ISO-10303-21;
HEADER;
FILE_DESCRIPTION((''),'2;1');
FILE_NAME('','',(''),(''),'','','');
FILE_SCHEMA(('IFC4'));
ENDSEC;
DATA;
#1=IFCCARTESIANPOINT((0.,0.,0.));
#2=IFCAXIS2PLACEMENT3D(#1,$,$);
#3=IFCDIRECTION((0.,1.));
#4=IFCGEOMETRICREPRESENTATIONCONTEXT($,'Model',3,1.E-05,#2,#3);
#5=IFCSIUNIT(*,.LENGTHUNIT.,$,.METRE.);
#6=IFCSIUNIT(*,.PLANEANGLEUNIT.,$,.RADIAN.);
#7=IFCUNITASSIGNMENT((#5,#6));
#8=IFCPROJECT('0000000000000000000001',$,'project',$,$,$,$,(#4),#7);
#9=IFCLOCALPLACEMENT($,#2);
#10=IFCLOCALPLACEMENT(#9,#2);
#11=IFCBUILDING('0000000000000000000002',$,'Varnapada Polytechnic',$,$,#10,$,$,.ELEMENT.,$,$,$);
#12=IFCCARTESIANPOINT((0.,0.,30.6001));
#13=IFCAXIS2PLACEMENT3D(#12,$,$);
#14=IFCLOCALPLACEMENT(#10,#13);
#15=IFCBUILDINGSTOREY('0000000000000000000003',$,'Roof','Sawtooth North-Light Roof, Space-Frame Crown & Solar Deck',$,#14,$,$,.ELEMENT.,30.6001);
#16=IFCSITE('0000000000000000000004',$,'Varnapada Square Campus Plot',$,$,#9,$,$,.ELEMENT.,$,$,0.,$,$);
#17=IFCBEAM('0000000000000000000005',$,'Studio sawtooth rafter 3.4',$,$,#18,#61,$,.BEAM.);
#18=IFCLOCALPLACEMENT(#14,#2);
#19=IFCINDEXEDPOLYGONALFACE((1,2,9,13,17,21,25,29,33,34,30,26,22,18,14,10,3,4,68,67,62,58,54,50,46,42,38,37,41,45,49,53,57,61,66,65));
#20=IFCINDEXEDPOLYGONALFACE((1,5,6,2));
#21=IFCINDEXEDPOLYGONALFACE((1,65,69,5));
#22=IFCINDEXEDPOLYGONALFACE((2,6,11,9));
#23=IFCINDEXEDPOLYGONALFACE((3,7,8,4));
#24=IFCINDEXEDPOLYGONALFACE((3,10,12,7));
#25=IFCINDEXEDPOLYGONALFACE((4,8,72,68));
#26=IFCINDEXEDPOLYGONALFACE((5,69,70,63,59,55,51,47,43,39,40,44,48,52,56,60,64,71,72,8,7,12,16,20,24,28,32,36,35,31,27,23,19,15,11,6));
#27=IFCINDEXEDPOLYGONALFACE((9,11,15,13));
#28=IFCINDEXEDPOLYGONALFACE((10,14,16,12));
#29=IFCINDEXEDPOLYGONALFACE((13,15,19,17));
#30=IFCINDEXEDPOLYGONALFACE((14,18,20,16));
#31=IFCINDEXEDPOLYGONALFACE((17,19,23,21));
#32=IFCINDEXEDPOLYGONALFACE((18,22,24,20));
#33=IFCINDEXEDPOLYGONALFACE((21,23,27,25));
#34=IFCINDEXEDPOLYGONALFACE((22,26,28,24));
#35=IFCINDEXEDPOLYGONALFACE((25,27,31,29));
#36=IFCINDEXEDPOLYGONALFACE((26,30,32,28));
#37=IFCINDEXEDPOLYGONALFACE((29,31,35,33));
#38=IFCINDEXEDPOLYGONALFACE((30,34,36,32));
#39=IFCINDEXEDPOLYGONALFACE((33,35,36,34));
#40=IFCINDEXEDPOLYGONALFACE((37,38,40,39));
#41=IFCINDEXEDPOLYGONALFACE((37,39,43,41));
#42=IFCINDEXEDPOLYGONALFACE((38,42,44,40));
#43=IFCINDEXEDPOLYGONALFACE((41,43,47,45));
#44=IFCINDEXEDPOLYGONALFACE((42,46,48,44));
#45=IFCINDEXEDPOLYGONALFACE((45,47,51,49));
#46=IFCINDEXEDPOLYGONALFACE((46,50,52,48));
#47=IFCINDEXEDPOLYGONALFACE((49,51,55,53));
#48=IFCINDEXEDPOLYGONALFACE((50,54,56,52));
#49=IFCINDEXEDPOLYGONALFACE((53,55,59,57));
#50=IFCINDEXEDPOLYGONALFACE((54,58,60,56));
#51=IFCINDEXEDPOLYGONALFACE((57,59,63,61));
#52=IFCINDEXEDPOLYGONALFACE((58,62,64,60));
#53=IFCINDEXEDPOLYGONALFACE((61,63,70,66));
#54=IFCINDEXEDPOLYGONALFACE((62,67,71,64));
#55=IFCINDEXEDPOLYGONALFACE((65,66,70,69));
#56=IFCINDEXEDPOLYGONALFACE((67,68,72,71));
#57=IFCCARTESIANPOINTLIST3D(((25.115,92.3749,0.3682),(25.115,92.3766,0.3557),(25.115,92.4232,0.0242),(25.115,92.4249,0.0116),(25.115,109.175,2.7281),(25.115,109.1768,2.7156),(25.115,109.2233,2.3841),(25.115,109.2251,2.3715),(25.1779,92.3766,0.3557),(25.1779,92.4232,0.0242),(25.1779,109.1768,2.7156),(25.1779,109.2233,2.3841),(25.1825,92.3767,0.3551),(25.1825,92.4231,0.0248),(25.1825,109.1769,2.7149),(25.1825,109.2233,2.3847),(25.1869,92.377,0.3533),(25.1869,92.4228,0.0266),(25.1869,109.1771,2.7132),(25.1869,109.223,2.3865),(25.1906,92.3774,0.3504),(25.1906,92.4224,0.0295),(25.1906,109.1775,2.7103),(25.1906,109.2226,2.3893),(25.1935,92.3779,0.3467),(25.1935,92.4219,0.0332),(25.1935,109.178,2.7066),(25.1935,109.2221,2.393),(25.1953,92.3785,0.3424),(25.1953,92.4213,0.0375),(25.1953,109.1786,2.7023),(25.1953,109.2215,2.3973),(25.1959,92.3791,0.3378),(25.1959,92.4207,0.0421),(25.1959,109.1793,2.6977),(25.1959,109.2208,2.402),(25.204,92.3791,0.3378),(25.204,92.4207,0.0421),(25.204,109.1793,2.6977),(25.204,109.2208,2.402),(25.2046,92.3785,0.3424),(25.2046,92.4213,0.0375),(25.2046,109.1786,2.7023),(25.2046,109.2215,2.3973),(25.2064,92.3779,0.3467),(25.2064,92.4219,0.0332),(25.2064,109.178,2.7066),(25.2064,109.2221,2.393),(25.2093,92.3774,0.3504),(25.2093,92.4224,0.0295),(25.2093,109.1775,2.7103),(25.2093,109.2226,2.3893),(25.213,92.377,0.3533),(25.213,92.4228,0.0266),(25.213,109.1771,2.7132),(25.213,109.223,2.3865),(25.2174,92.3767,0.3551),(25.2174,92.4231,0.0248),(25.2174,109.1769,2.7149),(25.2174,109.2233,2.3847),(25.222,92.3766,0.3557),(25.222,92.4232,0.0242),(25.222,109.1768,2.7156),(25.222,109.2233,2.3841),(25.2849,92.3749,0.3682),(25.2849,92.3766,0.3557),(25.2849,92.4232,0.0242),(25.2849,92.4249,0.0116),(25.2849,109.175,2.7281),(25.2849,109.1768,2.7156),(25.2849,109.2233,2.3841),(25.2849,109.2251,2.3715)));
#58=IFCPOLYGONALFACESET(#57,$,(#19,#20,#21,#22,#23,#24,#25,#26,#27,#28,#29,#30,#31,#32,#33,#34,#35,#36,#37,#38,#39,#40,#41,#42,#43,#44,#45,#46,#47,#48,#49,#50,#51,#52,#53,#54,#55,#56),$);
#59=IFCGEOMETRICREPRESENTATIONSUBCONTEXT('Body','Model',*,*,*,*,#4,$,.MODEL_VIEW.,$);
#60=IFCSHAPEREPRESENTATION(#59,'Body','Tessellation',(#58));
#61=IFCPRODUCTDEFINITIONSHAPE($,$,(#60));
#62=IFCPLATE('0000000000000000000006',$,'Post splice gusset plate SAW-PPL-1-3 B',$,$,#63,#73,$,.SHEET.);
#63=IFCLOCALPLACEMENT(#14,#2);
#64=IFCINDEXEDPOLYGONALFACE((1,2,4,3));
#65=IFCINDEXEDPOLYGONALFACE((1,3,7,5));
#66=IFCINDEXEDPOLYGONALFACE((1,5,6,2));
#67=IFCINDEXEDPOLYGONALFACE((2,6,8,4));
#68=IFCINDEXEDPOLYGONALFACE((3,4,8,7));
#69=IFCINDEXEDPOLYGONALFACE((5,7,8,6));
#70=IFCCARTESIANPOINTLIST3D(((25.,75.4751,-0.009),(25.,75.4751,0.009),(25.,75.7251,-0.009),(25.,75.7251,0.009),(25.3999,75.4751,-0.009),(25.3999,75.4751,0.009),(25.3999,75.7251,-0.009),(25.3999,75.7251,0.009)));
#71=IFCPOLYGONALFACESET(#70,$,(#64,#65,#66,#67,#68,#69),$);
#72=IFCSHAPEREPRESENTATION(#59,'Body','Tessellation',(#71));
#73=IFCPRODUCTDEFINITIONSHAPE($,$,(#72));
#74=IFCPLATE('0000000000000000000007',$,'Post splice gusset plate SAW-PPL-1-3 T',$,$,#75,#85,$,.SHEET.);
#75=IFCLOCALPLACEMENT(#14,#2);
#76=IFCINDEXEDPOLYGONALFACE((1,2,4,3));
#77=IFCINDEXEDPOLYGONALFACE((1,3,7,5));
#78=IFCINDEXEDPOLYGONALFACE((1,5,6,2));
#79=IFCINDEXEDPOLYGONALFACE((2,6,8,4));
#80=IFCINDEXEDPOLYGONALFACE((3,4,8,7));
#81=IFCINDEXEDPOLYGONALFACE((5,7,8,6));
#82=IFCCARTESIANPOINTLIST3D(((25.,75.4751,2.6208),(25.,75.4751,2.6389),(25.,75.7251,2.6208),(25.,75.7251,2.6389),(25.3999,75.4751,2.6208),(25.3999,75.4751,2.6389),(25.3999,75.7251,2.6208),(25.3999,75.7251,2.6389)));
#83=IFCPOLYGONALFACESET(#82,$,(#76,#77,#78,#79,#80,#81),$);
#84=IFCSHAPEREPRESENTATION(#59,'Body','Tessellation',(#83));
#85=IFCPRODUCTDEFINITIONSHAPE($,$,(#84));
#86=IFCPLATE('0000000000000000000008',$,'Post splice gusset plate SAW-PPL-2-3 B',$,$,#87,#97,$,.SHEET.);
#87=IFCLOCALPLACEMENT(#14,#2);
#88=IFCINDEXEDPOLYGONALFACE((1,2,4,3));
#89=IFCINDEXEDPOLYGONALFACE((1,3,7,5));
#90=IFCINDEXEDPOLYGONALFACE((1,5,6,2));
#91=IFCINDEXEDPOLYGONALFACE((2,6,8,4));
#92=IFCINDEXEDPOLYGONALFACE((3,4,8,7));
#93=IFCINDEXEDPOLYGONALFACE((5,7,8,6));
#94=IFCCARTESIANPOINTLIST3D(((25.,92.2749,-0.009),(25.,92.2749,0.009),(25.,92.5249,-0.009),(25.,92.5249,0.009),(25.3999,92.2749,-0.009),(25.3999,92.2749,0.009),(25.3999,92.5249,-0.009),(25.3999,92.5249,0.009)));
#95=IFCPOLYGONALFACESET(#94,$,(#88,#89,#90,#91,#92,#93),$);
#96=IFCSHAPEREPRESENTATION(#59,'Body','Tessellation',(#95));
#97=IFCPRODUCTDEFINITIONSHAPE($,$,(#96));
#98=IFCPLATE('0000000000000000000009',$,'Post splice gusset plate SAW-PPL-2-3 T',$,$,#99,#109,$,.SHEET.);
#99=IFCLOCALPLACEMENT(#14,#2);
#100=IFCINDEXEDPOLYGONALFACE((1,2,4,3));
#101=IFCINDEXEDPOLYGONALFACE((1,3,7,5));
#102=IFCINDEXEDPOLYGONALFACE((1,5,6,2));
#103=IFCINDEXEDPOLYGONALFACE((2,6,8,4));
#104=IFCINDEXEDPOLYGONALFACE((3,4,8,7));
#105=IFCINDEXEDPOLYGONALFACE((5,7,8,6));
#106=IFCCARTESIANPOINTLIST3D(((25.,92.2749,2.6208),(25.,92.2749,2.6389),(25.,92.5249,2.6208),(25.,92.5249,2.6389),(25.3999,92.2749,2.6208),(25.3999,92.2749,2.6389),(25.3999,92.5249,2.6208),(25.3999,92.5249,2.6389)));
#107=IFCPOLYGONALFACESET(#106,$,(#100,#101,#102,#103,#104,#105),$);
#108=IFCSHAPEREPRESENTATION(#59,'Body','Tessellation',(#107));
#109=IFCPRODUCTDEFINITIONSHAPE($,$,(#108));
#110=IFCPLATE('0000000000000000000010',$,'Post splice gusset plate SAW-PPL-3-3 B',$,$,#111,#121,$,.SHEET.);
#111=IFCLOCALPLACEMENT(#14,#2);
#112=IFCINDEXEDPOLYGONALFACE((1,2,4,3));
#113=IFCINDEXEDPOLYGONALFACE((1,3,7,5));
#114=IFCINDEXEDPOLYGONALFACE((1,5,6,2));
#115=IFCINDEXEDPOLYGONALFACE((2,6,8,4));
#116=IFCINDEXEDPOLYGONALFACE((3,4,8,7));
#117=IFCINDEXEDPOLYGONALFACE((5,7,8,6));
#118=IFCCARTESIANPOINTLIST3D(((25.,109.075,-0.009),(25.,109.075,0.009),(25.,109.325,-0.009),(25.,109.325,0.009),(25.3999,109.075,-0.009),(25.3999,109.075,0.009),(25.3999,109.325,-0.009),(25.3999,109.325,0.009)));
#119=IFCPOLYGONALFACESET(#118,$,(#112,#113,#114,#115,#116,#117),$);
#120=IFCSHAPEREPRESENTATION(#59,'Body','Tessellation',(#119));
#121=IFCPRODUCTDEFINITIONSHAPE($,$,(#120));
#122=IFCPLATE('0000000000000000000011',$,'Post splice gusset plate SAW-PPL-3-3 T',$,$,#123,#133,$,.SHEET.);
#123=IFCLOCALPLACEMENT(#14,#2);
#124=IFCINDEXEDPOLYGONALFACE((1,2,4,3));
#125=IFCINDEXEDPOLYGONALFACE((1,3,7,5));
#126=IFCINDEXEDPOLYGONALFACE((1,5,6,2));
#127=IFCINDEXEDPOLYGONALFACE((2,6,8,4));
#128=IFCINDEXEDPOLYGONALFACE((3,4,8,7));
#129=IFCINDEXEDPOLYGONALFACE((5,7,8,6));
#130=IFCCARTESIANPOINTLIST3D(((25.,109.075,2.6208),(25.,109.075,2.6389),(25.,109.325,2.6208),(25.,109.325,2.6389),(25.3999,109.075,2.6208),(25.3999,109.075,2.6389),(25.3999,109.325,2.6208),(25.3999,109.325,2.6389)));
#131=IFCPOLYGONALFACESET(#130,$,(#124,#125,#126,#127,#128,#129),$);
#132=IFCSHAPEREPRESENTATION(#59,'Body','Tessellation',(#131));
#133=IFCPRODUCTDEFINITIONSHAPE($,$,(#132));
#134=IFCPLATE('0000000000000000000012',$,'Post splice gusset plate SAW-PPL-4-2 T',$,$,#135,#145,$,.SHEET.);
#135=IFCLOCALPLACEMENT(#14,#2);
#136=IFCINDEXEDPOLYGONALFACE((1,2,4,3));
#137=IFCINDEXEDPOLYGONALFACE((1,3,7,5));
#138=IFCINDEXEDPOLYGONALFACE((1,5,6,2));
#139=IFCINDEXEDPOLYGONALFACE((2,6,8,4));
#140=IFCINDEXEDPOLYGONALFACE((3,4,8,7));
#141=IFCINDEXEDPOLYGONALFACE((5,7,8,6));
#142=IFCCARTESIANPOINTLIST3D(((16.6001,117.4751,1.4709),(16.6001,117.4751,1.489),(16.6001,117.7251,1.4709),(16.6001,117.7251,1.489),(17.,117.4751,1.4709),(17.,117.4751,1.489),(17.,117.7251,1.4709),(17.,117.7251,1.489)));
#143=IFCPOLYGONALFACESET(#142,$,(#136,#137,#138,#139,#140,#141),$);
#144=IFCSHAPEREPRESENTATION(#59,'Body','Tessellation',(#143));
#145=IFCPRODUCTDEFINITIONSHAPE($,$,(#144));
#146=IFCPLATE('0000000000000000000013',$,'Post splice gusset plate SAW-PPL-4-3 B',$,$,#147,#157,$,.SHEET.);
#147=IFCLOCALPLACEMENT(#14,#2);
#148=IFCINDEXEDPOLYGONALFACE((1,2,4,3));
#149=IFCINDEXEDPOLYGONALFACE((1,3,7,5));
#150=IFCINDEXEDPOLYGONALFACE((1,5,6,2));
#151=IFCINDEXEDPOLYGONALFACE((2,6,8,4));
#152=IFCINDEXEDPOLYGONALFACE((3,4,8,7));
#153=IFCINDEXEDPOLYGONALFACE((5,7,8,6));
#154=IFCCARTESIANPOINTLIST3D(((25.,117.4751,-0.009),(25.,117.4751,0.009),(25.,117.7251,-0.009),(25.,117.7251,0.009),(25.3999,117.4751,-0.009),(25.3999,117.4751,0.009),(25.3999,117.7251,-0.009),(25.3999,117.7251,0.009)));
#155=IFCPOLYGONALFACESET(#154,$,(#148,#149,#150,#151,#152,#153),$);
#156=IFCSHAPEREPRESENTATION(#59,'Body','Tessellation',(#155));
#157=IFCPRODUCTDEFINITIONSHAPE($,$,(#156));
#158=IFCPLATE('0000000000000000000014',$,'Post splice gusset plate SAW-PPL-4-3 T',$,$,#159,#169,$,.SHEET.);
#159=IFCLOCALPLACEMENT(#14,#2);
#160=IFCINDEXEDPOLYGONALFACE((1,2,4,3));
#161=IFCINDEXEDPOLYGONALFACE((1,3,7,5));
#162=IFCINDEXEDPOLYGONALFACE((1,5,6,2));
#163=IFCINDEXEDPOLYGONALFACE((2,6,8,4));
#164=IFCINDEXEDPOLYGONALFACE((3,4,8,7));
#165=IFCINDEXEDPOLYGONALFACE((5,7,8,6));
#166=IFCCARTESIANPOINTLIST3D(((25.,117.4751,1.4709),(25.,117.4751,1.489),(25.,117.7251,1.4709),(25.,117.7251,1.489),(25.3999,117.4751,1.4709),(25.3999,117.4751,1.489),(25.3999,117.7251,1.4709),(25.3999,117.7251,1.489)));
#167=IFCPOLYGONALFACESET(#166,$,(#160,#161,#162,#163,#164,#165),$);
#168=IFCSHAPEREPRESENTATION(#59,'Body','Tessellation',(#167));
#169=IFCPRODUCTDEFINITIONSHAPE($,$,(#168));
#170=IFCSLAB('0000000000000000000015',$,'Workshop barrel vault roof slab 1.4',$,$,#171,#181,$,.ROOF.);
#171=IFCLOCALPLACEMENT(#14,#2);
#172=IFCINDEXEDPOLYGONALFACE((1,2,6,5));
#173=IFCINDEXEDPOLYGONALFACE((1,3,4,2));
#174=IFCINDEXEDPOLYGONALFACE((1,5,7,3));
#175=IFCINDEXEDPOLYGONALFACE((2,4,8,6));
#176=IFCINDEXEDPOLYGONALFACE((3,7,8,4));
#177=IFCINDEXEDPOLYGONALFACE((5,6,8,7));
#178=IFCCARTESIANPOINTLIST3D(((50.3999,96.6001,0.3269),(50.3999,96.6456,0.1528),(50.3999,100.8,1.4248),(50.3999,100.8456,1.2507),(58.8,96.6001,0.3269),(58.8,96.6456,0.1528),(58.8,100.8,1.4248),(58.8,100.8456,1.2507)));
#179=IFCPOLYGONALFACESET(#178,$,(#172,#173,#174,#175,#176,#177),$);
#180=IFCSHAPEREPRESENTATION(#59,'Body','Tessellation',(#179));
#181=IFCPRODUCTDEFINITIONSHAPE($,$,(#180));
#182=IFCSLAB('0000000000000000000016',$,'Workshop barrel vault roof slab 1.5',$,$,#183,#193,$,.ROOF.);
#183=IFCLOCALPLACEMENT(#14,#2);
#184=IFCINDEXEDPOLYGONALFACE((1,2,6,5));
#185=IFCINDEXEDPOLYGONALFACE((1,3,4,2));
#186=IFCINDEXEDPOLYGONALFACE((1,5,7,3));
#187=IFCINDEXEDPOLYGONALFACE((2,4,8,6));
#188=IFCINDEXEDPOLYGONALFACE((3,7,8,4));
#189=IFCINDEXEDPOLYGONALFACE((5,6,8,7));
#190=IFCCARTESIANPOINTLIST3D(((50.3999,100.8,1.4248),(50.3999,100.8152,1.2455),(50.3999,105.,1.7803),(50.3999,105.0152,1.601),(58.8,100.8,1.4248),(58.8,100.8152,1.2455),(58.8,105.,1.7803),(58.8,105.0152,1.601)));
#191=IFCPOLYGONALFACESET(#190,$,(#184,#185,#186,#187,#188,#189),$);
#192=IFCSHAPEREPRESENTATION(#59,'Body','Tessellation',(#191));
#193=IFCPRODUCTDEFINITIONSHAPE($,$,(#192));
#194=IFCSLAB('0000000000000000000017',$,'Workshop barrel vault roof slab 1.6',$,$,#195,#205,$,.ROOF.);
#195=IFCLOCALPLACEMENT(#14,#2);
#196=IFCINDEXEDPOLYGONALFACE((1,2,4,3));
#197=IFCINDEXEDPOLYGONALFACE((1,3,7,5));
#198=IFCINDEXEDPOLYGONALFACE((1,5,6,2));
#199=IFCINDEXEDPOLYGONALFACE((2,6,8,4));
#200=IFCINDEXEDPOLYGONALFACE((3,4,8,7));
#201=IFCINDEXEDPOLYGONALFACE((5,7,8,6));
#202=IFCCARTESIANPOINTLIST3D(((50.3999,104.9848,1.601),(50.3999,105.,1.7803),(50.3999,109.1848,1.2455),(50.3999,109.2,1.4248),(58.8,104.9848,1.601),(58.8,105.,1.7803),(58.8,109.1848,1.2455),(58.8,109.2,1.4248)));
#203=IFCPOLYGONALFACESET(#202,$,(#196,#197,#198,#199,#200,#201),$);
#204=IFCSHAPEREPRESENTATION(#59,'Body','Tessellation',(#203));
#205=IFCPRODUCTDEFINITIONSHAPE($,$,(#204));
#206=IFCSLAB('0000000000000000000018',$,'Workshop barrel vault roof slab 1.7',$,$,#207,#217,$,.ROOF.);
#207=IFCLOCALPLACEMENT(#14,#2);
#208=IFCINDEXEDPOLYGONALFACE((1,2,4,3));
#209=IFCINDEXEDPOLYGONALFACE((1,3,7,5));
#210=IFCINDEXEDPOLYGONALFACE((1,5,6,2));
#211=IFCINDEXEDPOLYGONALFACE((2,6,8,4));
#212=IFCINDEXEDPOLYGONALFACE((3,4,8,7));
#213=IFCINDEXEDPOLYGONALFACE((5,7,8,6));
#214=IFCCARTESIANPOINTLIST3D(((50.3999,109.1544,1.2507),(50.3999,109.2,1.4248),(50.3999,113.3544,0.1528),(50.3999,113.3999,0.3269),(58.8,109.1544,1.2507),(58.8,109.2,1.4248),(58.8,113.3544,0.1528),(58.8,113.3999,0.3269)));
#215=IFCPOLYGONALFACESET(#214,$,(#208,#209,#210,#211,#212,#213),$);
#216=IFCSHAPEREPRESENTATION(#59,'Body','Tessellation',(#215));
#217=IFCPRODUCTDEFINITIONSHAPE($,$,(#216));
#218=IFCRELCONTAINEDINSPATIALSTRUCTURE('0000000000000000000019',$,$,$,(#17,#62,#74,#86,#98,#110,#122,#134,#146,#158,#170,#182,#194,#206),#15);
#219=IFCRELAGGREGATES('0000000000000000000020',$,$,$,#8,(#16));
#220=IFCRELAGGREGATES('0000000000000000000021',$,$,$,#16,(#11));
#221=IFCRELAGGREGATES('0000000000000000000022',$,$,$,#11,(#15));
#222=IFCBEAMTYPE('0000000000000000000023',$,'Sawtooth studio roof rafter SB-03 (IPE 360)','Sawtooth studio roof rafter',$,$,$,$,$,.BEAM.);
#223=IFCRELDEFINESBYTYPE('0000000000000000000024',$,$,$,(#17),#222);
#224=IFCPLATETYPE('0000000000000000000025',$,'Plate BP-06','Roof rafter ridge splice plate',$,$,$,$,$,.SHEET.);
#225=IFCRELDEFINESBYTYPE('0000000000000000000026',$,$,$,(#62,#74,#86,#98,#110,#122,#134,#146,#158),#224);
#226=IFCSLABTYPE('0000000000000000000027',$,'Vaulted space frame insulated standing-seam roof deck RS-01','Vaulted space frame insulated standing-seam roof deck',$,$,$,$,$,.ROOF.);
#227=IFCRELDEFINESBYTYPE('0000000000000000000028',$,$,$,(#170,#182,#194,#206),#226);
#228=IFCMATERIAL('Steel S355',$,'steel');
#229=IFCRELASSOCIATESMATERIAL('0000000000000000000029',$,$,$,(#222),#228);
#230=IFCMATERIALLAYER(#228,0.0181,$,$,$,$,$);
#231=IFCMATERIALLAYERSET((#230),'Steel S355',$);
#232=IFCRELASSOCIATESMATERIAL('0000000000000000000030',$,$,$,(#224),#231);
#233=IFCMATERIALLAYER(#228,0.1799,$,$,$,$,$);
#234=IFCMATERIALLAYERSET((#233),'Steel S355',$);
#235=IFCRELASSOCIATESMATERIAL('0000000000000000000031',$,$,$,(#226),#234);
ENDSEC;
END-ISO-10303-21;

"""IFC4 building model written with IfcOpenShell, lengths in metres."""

from ifc_helpers import new_model, si_unit, direction, frame, origin, origin_2d, place, context, subcontext, project, spatial, polyline, rectangle, i_section, outline, extrude, material, layer, layer_set, material_profile, profile_set, type_object, element, save


model = new_model("IFC4")

# Units and contexts
model_context = context("Model", 3, precision=1e-05, world=origin(), true_north=direction((0.0, 1.0)))
body_context = subcontext(model_context, "Body", "Model", "MODEL_VIEW")
ifc_project = project(units=[si_unit("LENGTHUNIT", "METRE"), si_unit("PLANEANGLEUNIT", "RADIAN")], contexts=[model_context])

# Site, building, storey
site_placement = place(None, origin())
site = spatial("IfcSite", under=ifc_project, at=site_placement, Name="Varnapada Square Campus Plot", CompositionType="ELEMENT", RefElevation=0.0)
building_placement = place(site_placement, origin())
building = spatial("IfcBuilding", under=site, at=building_placement, Name="Varnapada Polytechnic", CompositionType="ELEMENT")
storey_placement = place(building_placement, frame((0.0, 0.0, 30.6001)))
storey = spatial("IfcBuildingStorey", under=building, at=storey_placement, Name="Roof", Description="Sawtooth North-Light Roof, Space-Frame Crown & Solar Deck", CompositionType="ELEMENT", Elevation=30.6001)

# Shared definitions
ifc_material = material(Name="Steel S355", Category="steel")

# Beam
ifc_material_profile_1 = material_profile(ifc_material, i_section(OverallWidth=0.1699, OverallDepth=0.3601, WebThickness=0.0081, FlangeThickness=0.0127, FilletRadius=0.0181, at=origin_2d()), Name="IPE 360")
ifc_profile_set_1 = profile_set([ifc_material_profile_1], Name="Steel S355")
beam_type_1 = type_object("IfcBeamType", Name="Sawtooth studio roof rafter SB-03 (IPE 360)", Description="Sawtooth studio roof rafter", PredefinedType="BEAM", material=ifc_profile_set_1)
beam_1_placement = place(storey_placement, frame((25.2, 92.3999, 0.1899), z_axis=(0.0, 0.990278, 0.139102), x_axis=(-1.0, 0.0, 0.0)))
element("IfcBeam", 1, at=beam_1_placement, inside=storey, type_object=beam_type_1, Name="Studio sawtooth rafter 3.4", PredefinedType="BEAM", context=body_context, shape_type="SweptSolid", body=[
    extrude(i_section(OverallWidth=0.1699, OverallDepth=0.3601, WebThickness=0.0081, FlangeThickness=0.0127, FilletRadius=0.0181, at=origin_2d()), origin(), (0.0, 0.0, 1.0), 16.9651),
])

# Plates
ifc_layer_1 = layer(ifc_material, 0.0181)
ifc_layer_set_1 = layer_set([ifc_layer_1], Name="Steel S355")
plate_type = type_object("IfcPlateType", Name="Plate BP-06", Description="Roof rafter ridge splice plate", PredefinedType="SHEET", material=ifc_layer_set_1)
for number, where, z_axis, x_axis, name in (
    (2, (25.2, 75.6001, -0.009), (0.0, 0.0, 1.0), (1.0, 0.0, 0.0), "Post splice gusset plate SAW-PPL-1-3 B"),
    (3, (25.2, 75.6001, 2.6208), (0.0, 0.0, 1.0), (1.0, 0.0, 0.0), "Post splice gusset plate SAW-PPL-1-3 T"),
    (4, (25.2, 92.3999, -0.009), (0.0, 0.0, 1.0), (1.0, 0.0, 0.0), "Post splice gusset plate SAW-PPL-2-3 B"),
    (5, (25.2, 92.3999, 2.6208), (0.0, 0.0, 1.0), (1.0, 0.0, 0.0), "Post splice gusset plate SAW-PPL-2-3 T"),
    (6, (25.2, 109.2, -0.009), (0.0, 0.0, 1.0), (1.0, 0.0, 0.0), "Post splice gusset plate SAW-PPL-3-3 B"),
    (7, (25.2, 109.2, 2.6208), (0.0, 0.0, 1.0), (1.0, 0.0, 0.0), "Post splice gusset plate SAW-PPL-3-3 T"),
    (8, (16.8, 117.6001, 1.4709), (0.0, 0.0, 1.0), (1.0, 0.0, 0.0), "Post splice gusset plate SAW-PPL-4-2 T"),
    (9, (25.2, 117.6001, -0.009), (0.0, 0.0, 1.0), (1.0, 0.0, 0.0), "Post splice gusset plate SAW-PPL-4-3 B"),
    (10, (25.2, 117.6001, 1.4709), (0.0, 0.0, 1.0), (1.0, 0.0, 0.0), "Post splice gusset plate SAW-PPL-4-3 T"),
):
    element("IfcPlate", number, at=place(storey_placement, frame(where, z_axis=z_axis, x_axis=x_axis)), inside=storey, type_object=plate_type, Name=name, PredefinedType="SHEET", context=body_context, shape_type="SweptSolid", body=[
        extrude(rectangle(XDim=0.3999, YDim=0.25, at=origin_2d()), origin(), (0.0, 0.0, 1.0), 0.0181),
    ])

# Slabs
ifc_layer_2 = layer(ifc_material, 0.1799)
ifc_layer_set_2 = layer_set([ifc_layer_2], Name="Steel S355")
slab_type = type_object("IfcSlabType", Name="Vaulted space frame insulated standing-seam roof deck RS-01", Description="Vaulted space frame insulated standing-seam roof deck", PredefinedType="ROOF", material=ifc_layer_set_2)
slab_1_placement = place(storey_placement, frame((50.3999, 96.6001, 0.3269), z_axis=(0.0, -0.25291, 0.96749), x_axis=(1.0, 0.0, 0.0)))
element("IfcSlab", 11, at=slab_1_placement, inside=storey, type_object=slab_type, Name="Workshop barrel vault roof slab 1.4", PredefinedType="ROOF", context=body_context, shape_type="SweptSolid", body=[
    extrude(outline(polyline([(0.0, 0.0), (8.4001, 0.0), (8.4001, 4.3411), (0.0, 4.3411), (0.0, 0.0)])), origin(), (0.0, 0.0, -1.0), 0.1799),
])
for number, where, z_axis, x_axis, name in (
    (12, (50.3999, 100.8, 1.4248), (0.0, -0.084335, 0.996437), (1.0, 0.0, 0.0), "Workshop barrel vault roof slab 1.5"),
    (13, (50.3999, 105.0, 1.7803), (0.0, 0.084335, 0.996437), (1.0, 0.0, 0.0), "Workshop barrel vault roof slab 1.6"),
):
    element("IfcSlab", number, at=place(storey_placement, frame(where, z_axis=z_axis, x_axis=x_axis)), inside=storey, type_object=slab_type, Name=name, PredefinedType="ROOF", context=body_context, shape_type="SweptSolid", body=[
        extrude(outline(polyline([(0.0, 0.0), (8.4001, 0.0), (8.4001, 4.215), (0.0, 4.215), (0.0, 0.0)])), origin(), (0.0, 0.0, -1.0), 0.1799),
    ])
slab_2_placement = place(storey_placement, frame((50.3999, 109.2, 1.4248), z_axis=(0.0, 0.25291, 0.96749), x_axis=(1.0, 0.0, 0.0)))
element("IfcSlab", 14, at=slab_2_placement, inside=storey, type_object=slab_type, Name="Workshop barrel vault roof slab 1.7", PredefinedType="ROOF", context=body_context, shape_type="SweptSolid", body=[
    extrude(outline(polyline([(0.0, 0.0), (8.4001, 0.0), (8.4001, 4.3411), (0.0, 4.3411), (0.0, 0.0)])), origin(), (0.0, 0.0, -1.0), 0.1799),
])

save(model, "model.ifc")
